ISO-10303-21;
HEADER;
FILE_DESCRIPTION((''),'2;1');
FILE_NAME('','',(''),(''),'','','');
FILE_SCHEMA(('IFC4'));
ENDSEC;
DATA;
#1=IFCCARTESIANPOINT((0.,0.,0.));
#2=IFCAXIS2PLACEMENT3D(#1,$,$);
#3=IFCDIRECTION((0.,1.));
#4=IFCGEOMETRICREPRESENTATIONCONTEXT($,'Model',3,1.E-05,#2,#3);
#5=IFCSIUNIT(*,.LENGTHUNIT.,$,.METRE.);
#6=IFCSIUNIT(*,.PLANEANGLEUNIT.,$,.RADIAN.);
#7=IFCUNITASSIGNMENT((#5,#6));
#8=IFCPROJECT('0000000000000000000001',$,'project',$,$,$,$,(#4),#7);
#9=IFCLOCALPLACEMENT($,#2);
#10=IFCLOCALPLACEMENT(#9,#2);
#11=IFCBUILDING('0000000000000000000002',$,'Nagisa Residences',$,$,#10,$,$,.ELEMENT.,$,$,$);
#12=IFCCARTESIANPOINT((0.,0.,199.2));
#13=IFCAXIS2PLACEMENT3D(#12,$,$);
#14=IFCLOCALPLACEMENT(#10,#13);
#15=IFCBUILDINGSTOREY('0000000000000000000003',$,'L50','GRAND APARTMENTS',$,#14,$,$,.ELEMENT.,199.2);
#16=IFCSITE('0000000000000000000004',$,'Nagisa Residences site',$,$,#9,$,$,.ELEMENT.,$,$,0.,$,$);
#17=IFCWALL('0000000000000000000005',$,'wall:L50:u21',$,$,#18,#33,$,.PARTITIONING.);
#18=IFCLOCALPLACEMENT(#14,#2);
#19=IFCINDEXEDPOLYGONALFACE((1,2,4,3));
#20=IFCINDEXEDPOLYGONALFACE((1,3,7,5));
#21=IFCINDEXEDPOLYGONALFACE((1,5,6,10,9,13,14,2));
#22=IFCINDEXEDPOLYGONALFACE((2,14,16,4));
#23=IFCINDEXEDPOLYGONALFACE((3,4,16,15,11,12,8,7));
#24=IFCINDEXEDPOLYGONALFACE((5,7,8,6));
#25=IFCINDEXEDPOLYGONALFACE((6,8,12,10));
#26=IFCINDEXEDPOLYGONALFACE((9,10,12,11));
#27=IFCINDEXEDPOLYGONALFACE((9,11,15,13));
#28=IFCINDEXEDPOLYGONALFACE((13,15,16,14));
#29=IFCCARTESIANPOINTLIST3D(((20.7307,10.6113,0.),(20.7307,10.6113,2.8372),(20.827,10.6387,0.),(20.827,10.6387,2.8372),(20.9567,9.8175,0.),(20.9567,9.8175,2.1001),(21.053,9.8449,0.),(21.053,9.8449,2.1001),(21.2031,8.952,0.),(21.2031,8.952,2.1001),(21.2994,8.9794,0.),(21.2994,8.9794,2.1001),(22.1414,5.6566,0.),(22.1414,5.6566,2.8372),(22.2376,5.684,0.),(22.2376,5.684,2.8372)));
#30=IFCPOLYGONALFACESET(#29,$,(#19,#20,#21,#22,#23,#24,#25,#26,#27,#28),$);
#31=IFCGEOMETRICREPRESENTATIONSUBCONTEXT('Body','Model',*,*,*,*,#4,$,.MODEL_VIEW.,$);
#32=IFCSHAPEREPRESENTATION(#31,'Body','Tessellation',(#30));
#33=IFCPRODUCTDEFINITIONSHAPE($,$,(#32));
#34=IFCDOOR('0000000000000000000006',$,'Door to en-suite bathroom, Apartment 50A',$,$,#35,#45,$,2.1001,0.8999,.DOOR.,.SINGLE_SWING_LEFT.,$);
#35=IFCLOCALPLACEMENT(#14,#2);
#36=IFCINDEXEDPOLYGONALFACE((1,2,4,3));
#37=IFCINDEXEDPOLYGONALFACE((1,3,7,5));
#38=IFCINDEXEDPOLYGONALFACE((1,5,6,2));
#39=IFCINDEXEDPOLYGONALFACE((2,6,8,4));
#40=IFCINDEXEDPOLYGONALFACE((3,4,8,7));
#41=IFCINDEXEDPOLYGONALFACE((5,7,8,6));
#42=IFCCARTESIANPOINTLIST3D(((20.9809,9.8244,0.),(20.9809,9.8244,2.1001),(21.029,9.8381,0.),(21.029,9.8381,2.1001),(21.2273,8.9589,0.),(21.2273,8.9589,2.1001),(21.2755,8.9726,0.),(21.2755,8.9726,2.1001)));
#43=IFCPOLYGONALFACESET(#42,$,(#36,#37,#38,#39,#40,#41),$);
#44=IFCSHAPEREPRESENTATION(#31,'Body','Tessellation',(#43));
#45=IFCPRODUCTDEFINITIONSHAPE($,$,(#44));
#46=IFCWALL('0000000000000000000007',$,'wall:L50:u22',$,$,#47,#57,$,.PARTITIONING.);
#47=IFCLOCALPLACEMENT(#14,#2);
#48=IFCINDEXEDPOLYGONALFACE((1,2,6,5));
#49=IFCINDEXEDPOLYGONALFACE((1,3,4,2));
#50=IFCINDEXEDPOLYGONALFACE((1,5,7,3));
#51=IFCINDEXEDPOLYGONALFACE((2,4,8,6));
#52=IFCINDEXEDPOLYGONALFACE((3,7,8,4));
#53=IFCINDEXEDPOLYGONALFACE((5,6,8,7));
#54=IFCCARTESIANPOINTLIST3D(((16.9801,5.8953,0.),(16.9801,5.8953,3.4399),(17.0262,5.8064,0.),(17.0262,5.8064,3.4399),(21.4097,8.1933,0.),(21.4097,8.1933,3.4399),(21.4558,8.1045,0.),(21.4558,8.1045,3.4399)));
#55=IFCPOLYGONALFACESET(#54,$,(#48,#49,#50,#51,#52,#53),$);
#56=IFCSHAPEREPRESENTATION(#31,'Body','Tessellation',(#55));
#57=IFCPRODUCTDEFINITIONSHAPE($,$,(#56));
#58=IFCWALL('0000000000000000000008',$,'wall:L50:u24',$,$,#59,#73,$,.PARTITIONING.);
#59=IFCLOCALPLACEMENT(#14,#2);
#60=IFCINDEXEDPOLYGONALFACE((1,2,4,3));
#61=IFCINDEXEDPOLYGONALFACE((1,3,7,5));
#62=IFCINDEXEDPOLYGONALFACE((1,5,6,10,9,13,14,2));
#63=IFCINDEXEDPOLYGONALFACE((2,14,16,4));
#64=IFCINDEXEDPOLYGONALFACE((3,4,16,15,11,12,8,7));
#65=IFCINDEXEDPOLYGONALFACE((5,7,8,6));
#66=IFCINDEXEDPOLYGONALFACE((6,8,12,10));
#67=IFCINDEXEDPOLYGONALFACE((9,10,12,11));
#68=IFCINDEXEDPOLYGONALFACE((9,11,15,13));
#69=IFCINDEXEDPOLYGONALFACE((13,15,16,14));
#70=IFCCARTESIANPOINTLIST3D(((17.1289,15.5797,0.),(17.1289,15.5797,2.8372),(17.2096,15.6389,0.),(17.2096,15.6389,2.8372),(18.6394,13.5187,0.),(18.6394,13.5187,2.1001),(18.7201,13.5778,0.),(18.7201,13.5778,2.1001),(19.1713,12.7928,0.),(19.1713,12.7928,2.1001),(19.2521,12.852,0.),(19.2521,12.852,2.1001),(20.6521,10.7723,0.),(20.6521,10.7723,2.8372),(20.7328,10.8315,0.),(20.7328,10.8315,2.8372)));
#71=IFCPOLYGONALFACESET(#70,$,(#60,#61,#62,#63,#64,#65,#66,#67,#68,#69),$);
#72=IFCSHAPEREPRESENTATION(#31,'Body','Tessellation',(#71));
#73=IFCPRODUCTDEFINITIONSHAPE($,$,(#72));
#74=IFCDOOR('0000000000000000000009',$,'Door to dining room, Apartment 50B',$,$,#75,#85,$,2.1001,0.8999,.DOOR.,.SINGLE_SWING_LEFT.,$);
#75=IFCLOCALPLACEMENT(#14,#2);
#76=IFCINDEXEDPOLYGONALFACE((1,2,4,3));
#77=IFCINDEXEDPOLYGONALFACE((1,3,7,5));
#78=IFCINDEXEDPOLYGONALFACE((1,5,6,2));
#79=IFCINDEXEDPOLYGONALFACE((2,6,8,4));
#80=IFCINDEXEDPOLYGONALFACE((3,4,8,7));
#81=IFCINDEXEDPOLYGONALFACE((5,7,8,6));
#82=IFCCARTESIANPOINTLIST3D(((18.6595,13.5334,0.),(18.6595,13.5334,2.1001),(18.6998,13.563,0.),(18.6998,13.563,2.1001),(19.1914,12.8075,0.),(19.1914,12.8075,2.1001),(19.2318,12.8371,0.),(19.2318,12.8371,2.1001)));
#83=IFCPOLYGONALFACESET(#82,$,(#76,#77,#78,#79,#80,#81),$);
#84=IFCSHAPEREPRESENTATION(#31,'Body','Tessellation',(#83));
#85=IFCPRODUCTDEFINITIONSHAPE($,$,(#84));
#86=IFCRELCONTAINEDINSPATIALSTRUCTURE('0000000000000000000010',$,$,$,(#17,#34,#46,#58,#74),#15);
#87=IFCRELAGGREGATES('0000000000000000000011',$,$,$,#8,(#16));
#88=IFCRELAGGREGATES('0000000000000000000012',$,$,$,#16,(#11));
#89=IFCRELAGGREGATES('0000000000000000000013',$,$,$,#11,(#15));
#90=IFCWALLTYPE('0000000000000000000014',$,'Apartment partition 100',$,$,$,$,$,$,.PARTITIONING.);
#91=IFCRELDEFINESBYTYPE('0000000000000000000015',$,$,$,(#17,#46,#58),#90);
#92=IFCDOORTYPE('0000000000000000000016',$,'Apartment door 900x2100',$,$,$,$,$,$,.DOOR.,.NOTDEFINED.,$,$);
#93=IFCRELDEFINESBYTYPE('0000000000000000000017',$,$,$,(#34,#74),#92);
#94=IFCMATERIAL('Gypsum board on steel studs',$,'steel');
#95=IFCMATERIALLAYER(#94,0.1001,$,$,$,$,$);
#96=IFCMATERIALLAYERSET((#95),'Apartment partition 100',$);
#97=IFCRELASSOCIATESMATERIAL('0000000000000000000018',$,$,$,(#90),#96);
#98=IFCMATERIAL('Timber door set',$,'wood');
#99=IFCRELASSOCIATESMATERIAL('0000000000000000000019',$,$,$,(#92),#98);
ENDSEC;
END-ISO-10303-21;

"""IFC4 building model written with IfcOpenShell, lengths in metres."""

from ifc_helpers import new_model, si_unit, direction, frame, frame_2d, origin, place, context, subcontext, project, spatial, rectangle, extrude, material, layer, layer_set, type_object, element, fill, save


model = new_model("IFC4")

# Units and contexts
model_context = context("Model", 3, precision=1e-05, world=origin(), true_north=direction((0.0, 1.0)))
body_context = subcontext(model_context, "Body", "Model", "MODEL_VIEW")
ifc_project = project(units=[si_unit("LENGTHUNIT", "METRE"), si_unit("PLANEANGLEUNIT", "RADIAN")], contexts=[model_context])

# Site, building, storey
site_placement = place(None, origin())
site = spatial("IfcSite", under=ifc_project, at=site_placement, Name="Nagisa Residences site", CompositionType="ELEMENT", RefElevation=0.0)
building_placement = place(site_placement, origin())
building = spatial("IfcBuilding", under=site, at=building_placement, Name="Nagisa Residences", CompositionType="ELEMENT")
storey_placement = place(building_placement, frame((0.0, 0.0, 199.2)))
storey = spatial("IfcBuildingStorey", under=building, at=storey_placement, Name="L50", Description="GRAND APARTMENTS", CompositionType="ELEMENT", Elevation=199.2)

# Shared definitions
ifc_material_1 = material(Name="Gypsum board on steel studs", Category="steel")
ifc_layer_1 = layer(ifc_material_1, 0.1001)
ifc_layer_set_1 = layer_set([ifc_layer_1], Name="Apartment partition 100")
wall_type_1 = type_object("IfcWallType", Name="Apartment partition 100", PredefinedType="PARTITIONING", material=ifc_layer_set_1)
ifc_material_2 = material(Name="Timber door set", Category="wood")
door_type_1 = type_object("IfcDoorType", Name="Apartment door 900x2100", OperationType="NOTDEFINED", PredefinedType="DOOR", material=ifc_material_2)

# Wall, opening, door
wall_1_placement = place(storey_placement, frame((22.1895, 5.6704, 0.0), z_axis=(0.0, 0.0, 1.0), x_axis=(-0.27382, 0.961781, 0.0)))
wall_1 = element("IfcWall", 1, at=wall_1_placement, inside=storey, type_object=wall_type_1, Name="wall:L50:u21", PredefinedType="PARTITIONING", context=body_context, shape_type="SweptSolid", body=[
    extrude(rectangle(XDim=5.1516, YDim=0.1001, at=frame_2d((2.5757, 0.0))), origin(), (0.0, 0.0, 1.0), 2.8372),
])
opening_1_placement = place(wall_1_placement, frame((3.4263, 0.0, 0.0)))
opening_1 = element("IfcOpeningElement", 2, at=opening_1_placement, cuts=wall_1, PredefinedType="OPENING", context=body_context, shape_type="SweptSolid", body=[
    extrude(rectangle(XDim=0.8999, YDim=2.1001, at=frame_2d((0.45, 1.05))), frame((0.0, 0.0601, 0.0), z_axis=(0.0, -1.0, 0.0), x_axis=(1.0, 0.0, 0.0)), (0.0, 0.0, 1.0), 0.1201),
])
door_1_placement = place(opening_1_placement, origin())
door_1 = element("IfcDoor", 3, at=door_1_placement, inside=storey, type_object=door_type_1, Name="Door to en-suite bathroom, Apartment 50A", OperationType="SINGLE_SWING_LEFT", OverallHeight=2.1001, OverallWidth=0.8999, PredefinedType="DOOR", context=body_context, shape_type="SweptSolid", body=[
    extrude(rectangle(XDim=0.8999, YDim=2.1001, at=frame_2d((0.45, 1.05))), frame((0.0, 0.0249, 0.0), z_axis=(0.0, -1.0, 0.0), x_axis=(1.0, 0.0, 0.0)), (0.0, 0.0, 1.0), 0.05),
])
fill(opening_1, door_1)

# Wall
wall_2_placement = place(storey_placement, frame((17.0032, 5.8508, 0.0), z_axis=(0.0, 0.0, 1.0), x_axis=(0.887655, 0.46051, 0.0)))
element("IfcWall", 4, at=wall_2_placement, inside=storey, type_object=wall_type_1, Name="wall:L50:u22", PredefinedType="PARTITIONING", context=body_context, shape_type="SweptSolid", body=[
    extrude(rectangle(XDim=4.9902, YDim=0.1001, at=frame_2d((2.4951, 0.0))), origin(), (0.0, 0.0, 1.0), 3.4399),
])

# Wall, opening, door
wall_3_placement = place(storey_placement, frame((20.6924, 10.802, 0.0), z_axis=(0.0, 0.0, 1.0), x_axis=(-0.591122, 0.806582, 0.0)))
wall_3 = element("IfcWall", 5, at=wall_3_placement, inside=storey, type_object=wall_type_1, Name="wall:L50:u24", PredefinedType="PARTITIONING", context=body_context, shape_type="SweptSolid", body=[
    extrude(rectangle(XDim=5.9602, YDim=0.1001, at=frame_2d((2.98, 0.0))), origin(), (0.0, 0.0, 1.0), 2.8372),
])
opening_2_placement = place(wall_3_placement, frame((2.5049, 0.0, 0.0)))
opening_2 = element("IfcOpeningElement", 6, at=opening_2_placement, cuts=wall_3, PredefinedType="OPENING", context=body_context, shape_type="SweptSolid", body=[
    extrude(rectangle(XDim=0.8999, YDim=2.1001, at=frame_2d((0.45, 1.05))), frame((0.0, 0.0601, 0.0), z_axis=(0.0, -1.0, 0.0), x_axis=(1.0, 0.0, 0.0)), (0.0, 0.0, 1.0), 0.1201),
])
door_2_placement = place(opening_2_placement, frame((0.8999, 0.0, 0.0), x_axis=(-1.0, 0.0, 0.0)))
door_2 = element("IfcDoor", 7, at=door_2_placement, inside=storey, type_object=door_type_1, Name="Door to dining room, Apartment 50B", OperationType="SINGLE_SWING_LEFT", OverallHeight=2.1001, OverallWidth=0.8999, PredefinedType="DOOR", context=body_context, shape_type="SweptSolid", body=[
    extrude(rectangle(XDim=0.8999, YDim=2.1001, at=frame_2d((0.45, 1.05))), frame((0.0, 0.0249, 0.0), z_axis=(0.0, -1.0, 0.0), x_axis=(1.0, 0.0, 0.0)), (0.0, 0.0, 1.0), 0.05),
])
fill(opening_2, door_2)

save(model, "model.ifc")
